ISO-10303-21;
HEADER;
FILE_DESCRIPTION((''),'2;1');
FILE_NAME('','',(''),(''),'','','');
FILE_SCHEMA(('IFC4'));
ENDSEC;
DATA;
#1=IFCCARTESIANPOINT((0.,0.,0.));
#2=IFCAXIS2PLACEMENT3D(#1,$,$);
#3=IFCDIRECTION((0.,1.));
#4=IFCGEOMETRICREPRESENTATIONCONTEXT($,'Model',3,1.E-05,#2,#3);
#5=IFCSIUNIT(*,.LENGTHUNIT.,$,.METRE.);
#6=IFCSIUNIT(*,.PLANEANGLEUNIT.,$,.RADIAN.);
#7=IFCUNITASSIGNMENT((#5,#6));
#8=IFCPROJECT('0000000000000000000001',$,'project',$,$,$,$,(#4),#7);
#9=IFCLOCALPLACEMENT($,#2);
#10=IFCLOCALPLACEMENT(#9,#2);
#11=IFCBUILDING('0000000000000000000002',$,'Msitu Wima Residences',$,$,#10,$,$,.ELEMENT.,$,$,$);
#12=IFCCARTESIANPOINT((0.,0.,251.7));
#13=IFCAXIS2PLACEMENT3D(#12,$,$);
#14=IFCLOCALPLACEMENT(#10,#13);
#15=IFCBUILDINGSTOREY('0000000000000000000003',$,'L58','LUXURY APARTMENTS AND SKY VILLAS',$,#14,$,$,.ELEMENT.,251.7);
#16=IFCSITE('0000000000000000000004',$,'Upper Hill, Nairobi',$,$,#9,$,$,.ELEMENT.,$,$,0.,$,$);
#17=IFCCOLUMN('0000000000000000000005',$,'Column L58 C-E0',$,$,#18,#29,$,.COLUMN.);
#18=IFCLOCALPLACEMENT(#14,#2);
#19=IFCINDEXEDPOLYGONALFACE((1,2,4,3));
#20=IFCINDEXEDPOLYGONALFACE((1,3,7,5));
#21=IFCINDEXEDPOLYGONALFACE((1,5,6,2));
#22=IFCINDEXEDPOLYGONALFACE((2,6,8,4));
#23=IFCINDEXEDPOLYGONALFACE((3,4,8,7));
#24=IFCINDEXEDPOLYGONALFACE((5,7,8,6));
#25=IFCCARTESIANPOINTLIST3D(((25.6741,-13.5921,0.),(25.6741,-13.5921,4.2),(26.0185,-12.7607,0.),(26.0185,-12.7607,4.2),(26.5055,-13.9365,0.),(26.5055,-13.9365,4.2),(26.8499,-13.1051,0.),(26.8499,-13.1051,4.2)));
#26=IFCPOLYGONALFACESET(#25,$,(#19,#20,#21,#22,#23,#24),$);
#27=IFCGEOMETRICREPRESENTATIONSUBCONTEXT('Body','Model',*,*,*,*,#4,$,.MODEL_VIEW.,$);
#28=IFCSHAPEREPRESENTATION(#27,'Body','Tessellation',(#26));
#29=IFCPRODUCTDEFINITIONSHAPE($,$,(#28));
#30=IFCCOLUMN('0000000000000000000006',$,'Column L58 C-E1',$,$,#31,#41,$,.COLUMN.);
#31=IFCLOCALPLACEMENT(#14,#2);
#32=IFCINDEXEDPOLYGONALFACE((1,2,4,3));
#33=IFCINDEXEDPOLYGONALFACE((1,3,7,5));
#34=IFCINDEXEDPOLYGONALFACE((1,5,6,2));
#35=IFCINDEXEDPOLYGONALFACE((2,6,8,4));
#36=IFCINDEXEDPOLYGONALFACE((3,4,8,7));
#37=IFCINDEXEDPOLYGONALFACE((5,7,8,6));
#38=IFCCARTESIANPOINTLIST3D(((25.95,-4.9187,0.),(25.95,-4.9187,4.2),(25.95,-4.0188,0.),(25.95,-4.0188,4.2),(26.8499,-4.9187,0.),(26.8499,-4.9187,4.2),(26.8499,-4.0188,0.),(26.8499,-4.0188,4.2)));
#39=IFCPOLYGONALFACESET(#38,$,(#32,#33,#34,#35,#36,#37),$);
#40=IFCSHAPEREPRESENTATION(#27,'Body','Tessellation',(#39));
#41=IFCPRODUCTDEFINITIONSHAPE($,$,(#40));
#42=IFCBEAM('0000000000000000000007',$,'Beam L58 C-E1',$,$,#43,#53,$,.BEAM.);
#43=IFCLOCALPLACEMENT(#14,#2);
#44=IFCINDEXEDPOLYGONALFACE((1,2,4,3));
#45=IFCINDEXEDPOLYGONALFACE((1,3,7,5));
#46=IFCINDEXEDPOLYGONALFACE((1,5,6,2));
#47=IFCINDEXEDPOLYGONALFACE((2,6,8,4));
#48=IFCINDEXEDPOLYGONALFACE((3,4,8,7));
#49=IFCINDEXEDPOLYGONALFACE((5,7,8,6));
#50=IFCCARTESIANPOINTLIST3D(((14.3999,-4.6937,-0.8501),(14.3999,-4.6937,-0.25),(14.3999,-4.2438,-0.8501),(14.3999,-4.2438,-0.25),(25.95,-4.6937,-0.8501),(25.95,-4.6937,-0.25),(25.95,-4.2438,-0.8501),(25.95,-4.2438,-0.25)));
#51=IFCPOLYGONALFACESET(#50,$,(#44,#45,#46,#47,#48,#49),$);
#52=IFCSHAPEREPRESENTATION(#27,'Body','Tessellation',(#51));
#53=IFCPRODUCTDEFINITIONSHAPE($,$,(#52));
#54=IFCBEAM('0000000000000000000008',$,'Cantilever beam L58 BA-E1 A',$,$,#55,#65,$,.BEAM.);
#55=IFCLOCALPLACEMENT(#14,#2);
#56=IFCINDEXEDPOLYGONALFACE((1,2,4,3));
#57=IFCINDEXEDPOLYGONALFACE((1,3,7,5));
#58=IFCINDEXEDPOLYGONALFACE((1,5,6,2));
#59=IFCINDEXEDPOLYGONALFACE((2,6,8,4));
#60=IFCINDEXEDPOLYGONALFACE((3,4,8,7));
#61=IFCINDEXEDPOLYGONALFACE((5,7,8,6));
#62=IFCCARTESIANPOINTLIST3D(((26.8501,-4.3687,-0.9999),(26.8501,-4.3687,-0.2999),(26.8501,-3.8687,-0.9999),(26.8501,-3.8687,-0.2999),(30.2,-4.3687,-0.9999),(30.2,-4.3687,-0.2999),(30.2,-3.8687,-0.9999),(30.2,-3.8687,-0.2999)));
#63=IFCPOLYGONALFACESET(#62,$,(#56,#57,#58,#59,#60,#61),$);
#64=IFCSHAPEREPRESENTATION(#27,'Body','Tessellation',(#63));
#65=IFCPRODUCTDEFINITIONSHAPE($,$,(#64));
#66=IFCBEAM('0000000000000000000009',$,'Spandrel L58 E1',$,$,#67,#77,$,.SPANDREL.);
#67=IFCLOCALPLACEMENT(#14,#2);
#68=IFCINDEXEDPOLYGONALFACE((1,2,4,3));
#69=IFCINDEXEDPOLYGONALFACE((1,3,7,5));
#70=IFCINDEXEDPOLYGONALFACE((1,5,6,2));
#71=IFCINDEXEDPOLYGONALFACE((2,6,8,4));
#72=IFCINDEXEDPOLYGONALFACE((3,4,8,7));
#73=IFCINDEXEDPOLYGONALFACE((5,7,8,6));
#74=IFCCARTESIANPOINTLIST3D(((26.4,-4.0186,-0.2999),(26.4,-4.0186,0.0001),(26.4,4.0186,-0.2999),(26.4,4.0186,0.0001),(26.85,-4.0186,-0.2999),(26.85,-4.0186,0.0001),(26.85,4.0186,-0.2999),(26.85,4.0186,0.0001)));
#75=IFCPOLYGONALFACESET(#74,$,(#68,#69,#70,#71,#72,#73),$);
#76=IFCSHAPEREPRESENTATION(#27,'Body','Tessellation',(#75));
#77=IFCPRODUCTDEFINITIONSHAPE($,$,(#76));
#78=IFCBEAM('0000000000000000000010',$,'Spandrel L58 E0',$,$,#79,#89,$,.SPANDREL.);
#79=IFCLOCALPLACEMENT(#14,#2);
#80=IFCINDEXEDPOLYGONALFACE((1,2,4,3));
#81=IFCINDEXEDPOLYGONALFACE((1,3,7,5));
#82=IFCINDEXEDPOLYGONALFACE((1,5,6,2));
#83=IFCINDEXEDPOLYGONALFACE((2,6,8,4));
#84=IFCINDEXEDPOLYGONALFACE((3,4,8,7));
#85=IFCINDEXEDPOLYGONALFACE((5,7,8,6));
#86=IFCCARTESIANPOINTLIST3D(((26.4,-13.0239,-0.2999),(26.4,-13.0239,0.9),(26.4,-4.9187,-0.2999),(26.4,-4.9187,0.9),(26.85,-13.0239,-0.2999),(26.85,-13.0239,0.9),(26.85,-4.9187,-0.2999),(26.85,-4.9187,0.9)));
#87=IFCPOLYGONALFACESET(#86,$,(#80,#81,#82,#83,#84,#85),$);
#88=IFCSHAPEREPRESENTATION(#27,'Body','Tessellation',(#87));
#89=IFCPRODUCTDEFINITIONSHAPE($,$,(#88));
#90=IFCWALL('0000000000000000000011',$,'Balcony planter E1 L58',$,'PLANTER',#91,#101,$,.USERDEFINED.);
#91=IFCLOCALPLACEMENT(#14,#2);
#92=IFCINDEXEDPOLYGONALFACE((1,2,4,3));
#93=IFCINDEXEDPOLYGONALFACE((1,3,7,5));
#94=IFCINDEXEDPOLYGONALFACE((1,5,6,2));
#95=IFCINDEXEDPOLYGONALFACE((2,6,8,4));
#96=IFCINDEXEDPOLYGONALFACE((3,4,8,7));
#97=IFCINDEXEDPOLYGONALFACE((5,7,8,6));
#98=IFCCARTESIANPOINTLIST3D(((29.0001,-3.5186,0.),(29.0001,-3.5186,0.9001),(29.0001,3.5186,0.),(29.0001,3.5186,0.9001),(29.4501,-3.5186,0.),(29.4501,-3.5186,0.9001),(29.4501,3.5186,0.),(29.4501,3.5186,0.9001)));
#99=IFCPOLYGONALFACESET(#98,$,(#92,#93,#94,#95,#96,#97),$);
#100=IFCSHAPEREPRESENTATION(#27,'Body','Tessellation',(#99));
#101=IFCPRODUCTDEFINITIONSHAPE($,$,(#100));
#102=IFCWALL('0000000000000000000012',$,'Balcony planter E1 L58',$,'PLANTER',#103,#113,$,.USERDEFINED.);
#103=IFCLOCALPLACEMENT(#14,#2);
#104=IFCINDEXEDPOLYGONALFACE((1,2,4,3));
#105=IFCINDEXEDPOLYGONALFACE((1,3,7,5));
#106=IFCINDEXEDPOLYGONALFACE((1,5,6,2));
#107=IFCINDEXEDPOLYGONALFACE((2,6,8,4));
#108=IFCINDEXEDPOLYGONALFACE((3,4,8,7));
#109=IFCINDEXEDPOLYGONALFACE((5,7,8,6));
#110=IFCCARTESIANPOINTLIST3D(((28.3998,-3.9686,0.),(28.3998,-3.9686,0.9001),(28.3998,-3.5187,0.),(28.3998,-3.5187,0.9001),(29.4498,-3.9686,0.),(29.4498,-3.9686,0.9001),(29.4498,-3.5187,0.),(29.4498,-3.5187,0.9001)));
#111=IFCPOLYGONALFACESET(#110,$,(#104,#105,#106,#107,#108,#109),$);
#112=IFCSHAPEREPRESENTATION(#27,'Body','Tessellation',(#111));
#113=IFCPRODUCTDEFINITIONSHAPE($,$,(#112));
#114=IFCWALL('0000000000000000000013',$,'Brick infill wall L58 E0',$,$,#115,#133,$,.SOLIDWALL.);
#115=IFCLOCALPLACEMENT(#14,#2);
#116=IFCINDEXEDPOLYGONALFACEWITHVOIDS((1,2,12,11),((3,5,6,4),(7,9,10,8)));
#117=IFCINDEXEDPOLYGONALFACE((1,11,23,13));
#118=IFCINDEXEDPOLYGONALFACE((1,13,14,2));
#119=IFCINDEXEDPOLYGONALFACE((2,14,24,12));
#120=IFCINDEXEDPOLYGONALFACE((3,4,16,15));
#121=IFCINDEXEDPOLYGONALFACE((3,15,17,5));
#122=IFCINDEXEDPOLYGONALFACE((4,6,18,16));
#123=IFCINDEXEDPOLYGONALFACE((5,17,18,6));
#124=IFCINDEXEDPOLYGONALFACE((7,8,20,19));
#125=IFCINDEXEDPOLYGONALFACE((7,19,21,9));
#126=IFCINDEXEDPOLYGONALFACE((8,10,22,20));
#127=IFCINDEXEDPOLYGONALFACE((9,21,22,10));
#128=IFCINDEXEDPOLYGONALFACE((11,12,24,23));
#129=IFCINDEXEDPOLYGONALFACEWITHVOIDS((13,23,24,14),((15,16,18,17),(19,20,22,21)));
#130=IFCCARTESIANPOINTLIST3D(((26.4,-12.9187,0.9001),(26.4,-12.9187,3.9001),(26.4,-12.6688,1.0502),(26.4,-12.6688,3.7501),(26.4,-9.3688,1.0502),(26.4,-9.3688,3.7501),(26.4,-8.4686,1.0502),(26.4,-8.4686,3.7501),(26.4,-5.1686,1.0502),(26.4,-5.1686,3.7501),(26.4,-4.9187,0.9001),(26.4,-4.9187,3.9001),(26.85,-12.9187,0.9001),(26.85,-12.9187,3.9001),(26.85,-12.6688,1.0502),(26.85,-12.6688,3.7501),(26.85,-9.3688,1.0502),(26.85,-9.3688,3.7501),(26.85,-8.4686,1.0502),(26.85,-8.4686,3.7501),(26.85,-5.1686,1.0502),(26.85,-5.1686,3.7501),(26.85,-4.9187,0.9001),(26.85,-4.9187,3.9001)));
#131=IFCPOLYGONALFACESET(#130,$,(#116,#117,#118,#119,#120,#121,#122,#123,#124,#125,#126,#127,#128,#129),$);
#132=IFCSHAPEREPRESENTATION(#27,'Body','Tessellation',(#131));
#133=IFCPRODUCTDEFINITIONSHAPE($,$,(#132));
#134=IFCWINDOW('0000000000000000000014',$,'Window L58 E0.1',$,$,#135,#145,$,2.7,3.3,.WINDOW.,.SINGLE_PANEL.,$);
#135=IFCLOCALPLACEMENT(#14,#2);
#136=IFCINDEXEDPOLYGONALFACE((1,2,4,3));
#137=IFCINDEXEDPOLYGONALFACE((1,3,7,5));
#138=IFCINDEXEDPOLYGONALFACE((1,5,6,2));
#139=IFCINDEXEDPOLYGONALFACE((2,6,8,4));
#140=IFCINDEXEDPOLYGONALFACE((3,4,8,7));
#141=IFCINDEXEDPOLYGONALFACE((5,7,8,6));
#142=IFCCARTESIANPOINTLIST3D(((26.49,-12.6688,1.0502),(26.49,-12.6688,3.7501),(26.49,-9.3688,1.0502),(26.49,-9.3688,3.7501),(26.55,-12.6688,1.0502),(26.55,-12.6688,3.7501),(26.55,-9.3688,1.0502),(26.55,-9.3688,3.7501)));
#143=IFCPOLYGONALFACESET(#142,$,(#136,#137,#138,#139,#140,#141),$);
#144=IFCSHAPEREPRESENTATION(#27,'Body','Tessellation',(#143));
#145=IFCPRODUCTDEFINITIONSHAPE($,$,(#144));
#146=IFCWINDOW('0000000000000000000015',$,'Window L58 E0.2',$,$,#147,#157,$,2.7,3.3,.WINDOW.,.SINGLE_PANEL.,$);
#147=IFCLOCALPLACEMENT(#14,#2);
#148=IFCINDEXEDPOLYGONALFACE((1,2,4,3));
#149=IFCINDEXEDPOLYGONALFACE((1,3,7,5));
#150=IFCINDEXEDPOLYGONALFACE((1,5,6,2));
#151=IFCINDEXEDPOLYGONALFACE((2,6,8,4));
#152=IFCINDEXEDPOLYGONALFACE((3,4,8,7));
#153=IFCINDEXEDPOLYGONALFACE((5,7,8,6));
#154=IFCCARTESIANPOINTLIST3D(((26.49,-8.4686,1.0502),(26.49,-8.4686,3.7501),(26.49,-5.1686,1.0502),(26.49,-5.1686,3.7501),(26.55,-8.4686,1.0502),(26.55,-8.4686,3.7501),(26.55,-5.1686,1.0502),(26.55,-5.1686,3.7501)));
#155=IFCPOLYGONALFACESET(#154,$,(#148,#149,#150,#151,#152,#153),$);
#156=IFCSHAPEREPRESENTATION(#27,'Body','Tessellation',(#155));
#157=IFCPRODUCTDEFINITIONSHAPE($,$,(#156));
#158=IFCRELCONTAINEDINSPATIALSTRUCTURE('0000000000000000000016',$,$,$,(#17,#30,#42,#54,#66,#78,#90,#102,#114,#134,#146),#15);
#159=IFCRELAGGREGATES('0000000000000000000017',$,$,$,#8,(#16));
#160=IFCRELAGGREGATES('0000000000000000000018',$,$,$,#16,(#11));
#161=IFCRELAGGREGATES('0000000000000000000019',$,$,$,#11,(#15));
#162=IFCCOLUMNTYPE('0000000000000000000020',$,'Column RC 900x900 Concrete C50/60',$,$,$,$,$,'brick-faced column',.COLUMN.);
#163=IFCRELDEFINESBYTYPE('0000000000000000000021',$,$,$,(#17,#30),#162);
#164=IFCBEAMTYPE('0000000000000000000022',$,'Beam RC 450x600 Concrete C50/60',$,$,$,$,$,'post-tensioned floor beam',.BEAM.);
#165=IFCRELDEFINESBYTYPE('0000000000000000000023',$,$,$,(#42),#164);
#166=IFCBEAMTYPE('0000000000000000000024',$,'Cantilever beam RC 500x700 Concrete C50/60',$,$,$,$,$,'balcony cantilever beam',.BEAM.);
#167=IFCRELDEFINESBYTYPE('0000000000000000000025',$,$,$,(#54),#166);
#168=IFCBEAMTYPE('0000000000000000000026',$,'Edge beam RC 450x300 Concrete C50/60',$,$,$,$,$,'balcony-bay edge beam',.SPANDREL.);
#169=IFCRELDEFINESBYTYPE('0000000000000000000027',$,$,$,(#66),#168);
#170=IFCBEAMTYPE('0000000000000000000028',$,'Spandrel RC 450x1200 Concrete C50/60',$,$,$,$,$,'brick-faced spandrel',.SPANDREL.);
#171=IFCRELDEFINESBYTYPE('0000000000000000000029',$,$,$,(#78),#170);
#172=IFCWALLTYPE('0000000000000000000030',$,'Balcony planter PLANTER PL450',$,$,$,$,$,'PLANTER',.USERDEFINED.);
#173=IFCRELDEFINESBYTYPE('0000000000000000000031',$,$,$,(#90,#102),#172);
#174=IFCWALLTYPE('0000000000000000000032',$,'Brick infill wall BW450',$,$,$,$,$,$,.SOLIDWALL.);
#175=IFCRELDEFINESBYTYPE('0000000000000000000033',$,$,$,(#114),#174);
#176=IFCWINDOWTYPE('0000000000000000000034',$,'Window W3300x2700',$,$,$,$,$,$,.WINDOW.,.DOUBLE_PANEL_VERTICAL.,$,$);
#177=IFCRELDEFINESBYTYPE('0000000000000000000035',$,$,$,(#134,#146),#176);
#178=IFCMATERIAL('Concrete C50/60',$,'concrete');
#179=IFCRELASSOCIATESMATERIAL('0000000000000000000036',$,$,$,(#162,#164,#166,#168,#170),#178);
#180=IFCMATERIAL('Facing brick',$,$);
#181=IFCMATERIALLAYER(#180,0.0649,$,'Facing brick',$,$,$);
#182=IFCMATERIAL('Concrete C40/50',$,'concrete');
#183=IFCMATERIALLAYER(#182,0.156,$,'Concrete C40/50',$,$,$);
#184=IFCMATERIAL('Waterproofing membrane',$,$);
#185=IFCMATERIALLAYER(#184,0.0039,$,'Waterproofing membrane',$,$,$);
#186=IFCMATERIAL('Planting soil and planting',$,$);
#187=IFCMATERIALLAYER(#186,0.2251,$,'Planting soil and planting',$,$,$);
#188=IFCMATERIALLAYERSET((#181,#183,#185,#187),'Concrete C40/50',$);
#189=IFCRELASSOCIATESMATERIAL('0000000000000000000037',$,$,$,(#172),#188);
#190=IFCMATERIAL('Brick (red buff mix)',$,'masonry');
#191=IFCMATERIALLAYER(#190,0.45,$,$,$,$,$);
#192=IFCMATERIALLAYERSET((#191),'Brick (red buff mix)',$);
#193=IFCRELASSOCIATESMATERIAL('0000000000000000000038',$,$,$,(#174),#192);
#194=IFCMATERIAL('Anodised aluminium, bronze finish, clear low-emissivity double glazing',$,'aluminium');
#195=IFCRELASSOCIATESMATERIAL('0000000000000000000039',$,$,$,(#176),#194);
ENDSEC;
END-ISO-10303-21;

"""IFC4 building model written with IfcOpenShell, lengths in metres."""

from ifc_helpers import new_model, si_unit, direction, frame, frame_2d, origin, origin_2d, place, context, subcontext, project, spatial, rectangle, extrude, material, layer, layer_set, material_profile, profile_set, type_object, element, fill, save


model = new_model("IFC4")

# Units and contexts
model_context = context("Model", 3, precision=1e-05, world=origin(), true_north=direction((0.0, 1.0)))
body_context = subcontext(model_context, "Body", "Model", "MODEL_VIEW")
ifc_project = project(units=[si_unit("LENGTHUNIT", "METRE"), si_unit("PLANEANGLEUNIT", "RADIAN")], contexts=[model_context])

# Site, building, storey
site_placement = place(None, origin())
site = spatial("IfcSite", under=ifc_project, at=site_placement, Name="Upper Hill, Nairobi", CompositionType="ELEMENT", RefElevation=0.0)
building_placement = place(site_placement, origin())
building = spatial("IfcBuilding", under=site, at=building_placement, Name="Msitu Wima Residences", CompositionType="ELEMENT")
storey_placement = place(building_placement, frame((0.0, 0.0, 251.7)))
storey = spatial("IfcBuildingStorey", under=building, at=storey_placement, Name="L58", Description="LUXURY APARTMENTS AND SKY VILLAS", CompositionType="ELEMENT", Elevation=251.7)

# Columns
ifc_material_1 = material(Name="Concrete C50/60", Category="concrete")
ifc_material_profile_1 = material_profile(ifc_material_1, rectangle(XDim=0.8999, YDim=0.8999, at=origin_2d()), Name="RC 900x900")
ifc_profile_set_1 = profile_set([ifc_material_profile_1], Name="Concrete C50/60")
column_type = type_object("IfcColumnType", Name="Column RC 900x900 Concrete C50/60", ElementType="brick-faced column", PredefinedType="COLUMN", material=ifc_profile_set_1)
for number, where, z_axis, x_axis, name in (
    (1, (26.262, -13.3486, 0.0), (0.0, 0.0, 1.0), (0.382683, 0.92388, 0.0), "Column L58 C-E0"),
    (2, (26.3999, -4.4688, 0.0), (0.0, 0.0, 1.0), (0.0, 1.0, 0.0), "Column L58 C-E1"),
):
    element("IfcColumn", number, at=place(storey_placement, frame(where, z_axis=z_axis, x_axis=x_axis)), inside=storey, type_object=column_type, Name=name, PredefinedType="COLUMN", context=body_context, shape_type="SweptSolid", body=[
        extrude(rectangle(XDim=0.8999, YDim=0.8999, at=origin_2d()), origin(), (0.0, 0.0, 1.0), 4.2),
    ])

# Beams
ifc_material_profile_2 = material_profile(ifc_material_1, rectangle(XDim=0.45, YDim=0.6001, at=origin_2d()), Name="RC 450x600")
ifc_profile_set_2 = profile_set([ifc_material_profile_2], Name="Concrete C50/60")
beam_type_1 = type_object("IfcBeamType", Name="Beam RC 450x600 Concrete C50/60", ElementType="post-tensioned floor beam", PredefinedType="BEAM", material=ifc_profile_set_2)
beam_1_placement = place(storey_placement, frame((25.95, -4.4688, -0.55), z_axis=(-1.0, 0.0, 0.0), x_axis=(0.0, -1.0, 0.0)))
element("IfcBeam", 3, at=beam_1_placement, inside=storey, type_object=beam_type_1, Name="Beam L58 C-E1", PredefinedType="BEAM", context=body_context, shape_type="SweptSolid", body=[
    extrude(rectangle(XDim=0.45, YDim=0.6001, at=origin_2d()), origin(), (0.0, 0.0, 1.0), 11.55),
])
ifc_material_profile_3 = material_profile(ifc_material_1, rectangle(XDim=0.5, YDim=0.7, at=origin_2d()), Name="RC 500x700")
ifc_profile_set_3 = profile_set([ifc_material_profile_3], Name="Concrete C50/60")
beam_type_2 = type_object("IfcBeamType", Name="Cantilever beam RC 500x700 Concrete C50/60", ElementType="balcony cantilever beam", PredefinedType="BEAM", material=ifc_profile_set_3)
beam_2_placement = place(storey_placement, frame((26.8501, -4.1187, -0.6499), z_axis=(1.0, 0.0, 0.0), x_axis=(0.0, 1.0, 0.0)))
element("IfcBeam", 4, at=beam_2_placement, inside=storey, type_object=beam_type_2, Name="Cantilever beam L58 BA-E1 A", PredefinedType="BEAM", context=body_context, shape_type="SweptSolid", body=[
    extrude(rectangle(XDim=0.5, YDim=0.7, at=origin_2d()), origin(), (0.0, 0.0, 1.0), 3.3499),
])
ifc_material_profile_4 = material_profile(ifc_material_1, rectangle(XDim=0.45, YDim=0.3, at=origin_2d()), Name="RC 450x300")
ifc_profile_set_4 = profile_set([ifc_material_profile_4], Name="Concrete C50/60")
beam_type_3 = type_object("IfcBeamType", Name="Edge beam RC 450x300 Concrete C50/60", ElementType="balcony-bay edge beam", PredefinedType="SPANDREL", material=ifc_profile_set_4)
beam_3_placement = place(storey_placement, frame((26.625, -4.0186, -0.1499), z_axis=(0.0, 1.0, 0.0), x_axis=(-1.0, 0.0, 0.0)))
element("IfcBeam", 5, at=beam_3_placement, inside=storey, type_object=beam_type_3, Name="Spandrel L58 E1", PredefinedType="SPANDREL", context=body_context, shape_type="SweptSolid", body=[
    extrude(rectangle(XDim=0.45, YDim=0.3, at=origin_2d()), origin(), (0.0, 0.0, 1.0), 8.0371),
])
ifc_material_profile_5 = material_profile(ifc_material_1, rectangle(XDim=0.45, YDim=1.2, at=origin_2d()), Name="RC 450x1200")
ifc_profile_set_5 = profile_set([ifc_material_profile_5], Name="Concrete C50/60")
beam_type_4 = type_object("IfcBeamType", Name="Spandrel RC 450x1200 Concrete C50/60", ElementType="brick-faced spandrel", PredefinedType="SPANDREL", material=ifc_profile_set_5)
beam_4_placement = place(storey_placement, frame((26.625, -13.0239, 0.3), z_axis=(0.0, 1.0, 0.0), x_axis=(-1.0, 0.0, 0.0)))
element("IfcBeam", 6, at=beam_4_placement, inside=storey, type_object=beam_type_4, Name="Spandrel L58 E0", PredefinedType="SPANDREL", context=body_context, shape_type="SweptSolid", body=[
    extrude(rectangle(XDim=0.45, YDim=1.2, at=origin_2d()), origin(), (0.0, 0.0, 1.0), 8.1052),
])

# Walls
ifc_material_2 = material(Name="Facing brick")
ifc_layer_1 = layer(ifc_material_2, 0.0649, Name="Facing brick")
ifc_material_3 = material(Name="Concrete C40/50", Category="concrete")
ifc_layer_2 = layer(ifc_material_3, 0.156, Name="Concrete C40/50")
ifc_material_4 = material(Name="Waterproofing membrane")
ifc_layer_3 = layer(ifc_material_4, 0.0039, Name="Waterproofing membrane")
ifc_material_5 = material(Name="Planting soil and planting")
ifc_layer_4 = layer(ifc_material_5, 0.2251, Name="Planting soil and planting")
ifc_layer_set_1 = layer_set([ifc_layer_1, ifc_layer_2, ifc_layer_3, ifc_layer_4], Name="Concrete C40/50")
wall_type_1 = type_object("IfcWallType", Name="Balcony planter PLANTER PL450", ElementType="PLANTER", PredefinedType="USERDEFINED", material=ifc_layer_set_1)
wall_1_placement = place(storey_placement, frame((29.2251, -3.5186, 0.0), z_axis=(0.0, 0.0, 1.0), x_axis=(0.0, 1.0, 0.0)))
element("IfcWall", 7, at=wall_1_placement, inside=storey, type_object=wall_type_1, Name="Balcony planter E1 L58", ObjectType="PLANTER", PredefinedType="USERDEFINED", context=body_context, shape_type="SweptSolid", body=[
    extrude(rectangle(XDim=7.0371, YDim=0.45, at=frame_2d((3.5186, 0.0))), origin(), (0.0, 0.0, 1.0), 0.9001),
])
wall_2_placement = place(storey_placement, frame((28.3999, -3.7437, 0.0), z_axis=(0.0, 0.0, 1.0), x_axis=(1.0, 0.0, 0.0)))
element("IfcWall", 8, at=wall_2_placement, inside=storey, type_object=wall_type_1, Name="Balcony planter E1 L58", ObjectType="PLANTER", PredefinedType="USERDEFINED", context=body_context, shape_type="SweptSolid", body=[
    extrude(rectangle(XDim=1.05, YDim=0.45, at=frame_2d((0.5249, 0.0))), origin(), (0.0, 0.0, 1.0), 0.9001),
])

# Wall, openings, windows
ifc_material_6 = material(Name="Brick (red buff mix)", Category="masonry")
ifc_layer_5 = layer(ifc_material_6, 0.45)
ifc_layer_set_2 = layer_set([ifc_layer_5], Name="Brick (red buff mix)")
wall_type_2 = type_object("IfcWallType", Name="Brick infill wall BW450", PredefinedType="SOLIDWALL", material=ifc_layer_set_2)
wall_3_placement = place(storey_placement, frame((26.625, -12.9187, 0.9001), z_axis=(0.0, 0.0, 1.0), x_axis=(0.0, 1.0, 0.0)))
wall_3 = element("IfcWall", 9, at=wall_3_placement, inside=storey, type_object=wall_type_2, Name="Brick infill wall L58 E0", PredefinedType="SOLIDWALL", context=body_context, shape_type="SweptSolid", body=[
    extrude(rectangle(XDim=8.0, YDim=0.45, at=frame_2d((4.0, 0.0))), origin(), (0.0, 0.0, 1.0), 3.0),
])
opening_1_placement = place(wall_3_placement, frame((0.25, 0.0, 0.1499)))
opening_1 = element("IfcOpeningElement", 10, at=opening_1_placement, cuts=wall_3, PredefinedType="OPENING", context=body_context, shape_type="SweptSolid", body=[
    extrude(rectangle(XDim=3.3, YDim=2.7, at=frame_2d((1.6499, 1.3501))), frame((0.0, 0.2349, 0.0), z_axis=(0.0, -1.0, 0.0), x_axis=(1.0, 0.0, 0.0)), (0.0, 0.0, 1.0), 0.47),
])
opening_2_placement = place(wall_3_placement, frame((4.4502, 0.0, 0.1499)))
opening_2 = element("IfcOpeningElement", 11, at=opening_2_placement, cuts=wall_3, PredefinedType="OPENING", context=body_context, shape_type="SweptSolid", body=[
    extrude(rectangle(XDim=3.3, YDim=2.7, at=frame_2d((1.6499, 1.3501))), frame((0.0, 0.2349, 0.0), z_axis=(0.0, -1.0, 0.0), x_axis=(1.0, 0.0, 0.0)), (0.0, 0.0, 1.0), 0.47),
])
ifc_material_7 = material(Name="Anodised aluminium, bronze finish, clear low-emissivity double glazing", Category="aluminium")
window_type = type_object("IfcWindowType", Name="Window W3300x2700", PartitioningType="DOUBLE_PANEL_VERTICAL", PredefinedType="WINDOW", material=ifc_material_7)
window_1_placement = place(opening_1_placement, origin())
window_1 = element("IfcWindow", 12, at=window_1_placement, inside=storey, type_object=window_type, Name="Window L58 E0.1", OverallHeight=2.7, OverallWidth=3.3, PartitioningType="SINGLE_PANEL", PredefinedType="WINDOW", context=body_context, shape_type="SweptSolid", body=[
    extrude(rectangle(XDim=3.3, YDim=2.7, at=frame_2d((1.6499, 1.3501))), frame((0.0, 0.135, 0.0), z_axis=(0.0, -1.0, 0.0), x_axis=(1.0, 0.0, 0.0)), (0.0, 0.0, 1.0), 0.0601),
])
fill(opening_1, window_1)
window_2_placement = place(opening_2_placement, origin())
window_2 = element("IfcWindow", 13, at=window_2_placement, inside=storey, type_object=window_type, Name="Window L58 E0.2", OverallHeight=2.7, OverallWidth=3.3, PartitioningType="SINGLE_PANEL", PredefinedType="WINDOW", context=body_context, shape_type="SweptSolid", body=[
    extrude(rectangle(XDim=3.3, YDim=2.7, at=frame_2d((1.6499, 1.3501))), frame((0.0, 0.135, 0.0), z_axis=(0.0, -1.0, 0.0), x_axis=(1.0, 0.0, 0.0)), (0.0, 0.0, 1.0), 0.0601),
])
fill(opening_2, window_2)

save(model, "model.ifc")
